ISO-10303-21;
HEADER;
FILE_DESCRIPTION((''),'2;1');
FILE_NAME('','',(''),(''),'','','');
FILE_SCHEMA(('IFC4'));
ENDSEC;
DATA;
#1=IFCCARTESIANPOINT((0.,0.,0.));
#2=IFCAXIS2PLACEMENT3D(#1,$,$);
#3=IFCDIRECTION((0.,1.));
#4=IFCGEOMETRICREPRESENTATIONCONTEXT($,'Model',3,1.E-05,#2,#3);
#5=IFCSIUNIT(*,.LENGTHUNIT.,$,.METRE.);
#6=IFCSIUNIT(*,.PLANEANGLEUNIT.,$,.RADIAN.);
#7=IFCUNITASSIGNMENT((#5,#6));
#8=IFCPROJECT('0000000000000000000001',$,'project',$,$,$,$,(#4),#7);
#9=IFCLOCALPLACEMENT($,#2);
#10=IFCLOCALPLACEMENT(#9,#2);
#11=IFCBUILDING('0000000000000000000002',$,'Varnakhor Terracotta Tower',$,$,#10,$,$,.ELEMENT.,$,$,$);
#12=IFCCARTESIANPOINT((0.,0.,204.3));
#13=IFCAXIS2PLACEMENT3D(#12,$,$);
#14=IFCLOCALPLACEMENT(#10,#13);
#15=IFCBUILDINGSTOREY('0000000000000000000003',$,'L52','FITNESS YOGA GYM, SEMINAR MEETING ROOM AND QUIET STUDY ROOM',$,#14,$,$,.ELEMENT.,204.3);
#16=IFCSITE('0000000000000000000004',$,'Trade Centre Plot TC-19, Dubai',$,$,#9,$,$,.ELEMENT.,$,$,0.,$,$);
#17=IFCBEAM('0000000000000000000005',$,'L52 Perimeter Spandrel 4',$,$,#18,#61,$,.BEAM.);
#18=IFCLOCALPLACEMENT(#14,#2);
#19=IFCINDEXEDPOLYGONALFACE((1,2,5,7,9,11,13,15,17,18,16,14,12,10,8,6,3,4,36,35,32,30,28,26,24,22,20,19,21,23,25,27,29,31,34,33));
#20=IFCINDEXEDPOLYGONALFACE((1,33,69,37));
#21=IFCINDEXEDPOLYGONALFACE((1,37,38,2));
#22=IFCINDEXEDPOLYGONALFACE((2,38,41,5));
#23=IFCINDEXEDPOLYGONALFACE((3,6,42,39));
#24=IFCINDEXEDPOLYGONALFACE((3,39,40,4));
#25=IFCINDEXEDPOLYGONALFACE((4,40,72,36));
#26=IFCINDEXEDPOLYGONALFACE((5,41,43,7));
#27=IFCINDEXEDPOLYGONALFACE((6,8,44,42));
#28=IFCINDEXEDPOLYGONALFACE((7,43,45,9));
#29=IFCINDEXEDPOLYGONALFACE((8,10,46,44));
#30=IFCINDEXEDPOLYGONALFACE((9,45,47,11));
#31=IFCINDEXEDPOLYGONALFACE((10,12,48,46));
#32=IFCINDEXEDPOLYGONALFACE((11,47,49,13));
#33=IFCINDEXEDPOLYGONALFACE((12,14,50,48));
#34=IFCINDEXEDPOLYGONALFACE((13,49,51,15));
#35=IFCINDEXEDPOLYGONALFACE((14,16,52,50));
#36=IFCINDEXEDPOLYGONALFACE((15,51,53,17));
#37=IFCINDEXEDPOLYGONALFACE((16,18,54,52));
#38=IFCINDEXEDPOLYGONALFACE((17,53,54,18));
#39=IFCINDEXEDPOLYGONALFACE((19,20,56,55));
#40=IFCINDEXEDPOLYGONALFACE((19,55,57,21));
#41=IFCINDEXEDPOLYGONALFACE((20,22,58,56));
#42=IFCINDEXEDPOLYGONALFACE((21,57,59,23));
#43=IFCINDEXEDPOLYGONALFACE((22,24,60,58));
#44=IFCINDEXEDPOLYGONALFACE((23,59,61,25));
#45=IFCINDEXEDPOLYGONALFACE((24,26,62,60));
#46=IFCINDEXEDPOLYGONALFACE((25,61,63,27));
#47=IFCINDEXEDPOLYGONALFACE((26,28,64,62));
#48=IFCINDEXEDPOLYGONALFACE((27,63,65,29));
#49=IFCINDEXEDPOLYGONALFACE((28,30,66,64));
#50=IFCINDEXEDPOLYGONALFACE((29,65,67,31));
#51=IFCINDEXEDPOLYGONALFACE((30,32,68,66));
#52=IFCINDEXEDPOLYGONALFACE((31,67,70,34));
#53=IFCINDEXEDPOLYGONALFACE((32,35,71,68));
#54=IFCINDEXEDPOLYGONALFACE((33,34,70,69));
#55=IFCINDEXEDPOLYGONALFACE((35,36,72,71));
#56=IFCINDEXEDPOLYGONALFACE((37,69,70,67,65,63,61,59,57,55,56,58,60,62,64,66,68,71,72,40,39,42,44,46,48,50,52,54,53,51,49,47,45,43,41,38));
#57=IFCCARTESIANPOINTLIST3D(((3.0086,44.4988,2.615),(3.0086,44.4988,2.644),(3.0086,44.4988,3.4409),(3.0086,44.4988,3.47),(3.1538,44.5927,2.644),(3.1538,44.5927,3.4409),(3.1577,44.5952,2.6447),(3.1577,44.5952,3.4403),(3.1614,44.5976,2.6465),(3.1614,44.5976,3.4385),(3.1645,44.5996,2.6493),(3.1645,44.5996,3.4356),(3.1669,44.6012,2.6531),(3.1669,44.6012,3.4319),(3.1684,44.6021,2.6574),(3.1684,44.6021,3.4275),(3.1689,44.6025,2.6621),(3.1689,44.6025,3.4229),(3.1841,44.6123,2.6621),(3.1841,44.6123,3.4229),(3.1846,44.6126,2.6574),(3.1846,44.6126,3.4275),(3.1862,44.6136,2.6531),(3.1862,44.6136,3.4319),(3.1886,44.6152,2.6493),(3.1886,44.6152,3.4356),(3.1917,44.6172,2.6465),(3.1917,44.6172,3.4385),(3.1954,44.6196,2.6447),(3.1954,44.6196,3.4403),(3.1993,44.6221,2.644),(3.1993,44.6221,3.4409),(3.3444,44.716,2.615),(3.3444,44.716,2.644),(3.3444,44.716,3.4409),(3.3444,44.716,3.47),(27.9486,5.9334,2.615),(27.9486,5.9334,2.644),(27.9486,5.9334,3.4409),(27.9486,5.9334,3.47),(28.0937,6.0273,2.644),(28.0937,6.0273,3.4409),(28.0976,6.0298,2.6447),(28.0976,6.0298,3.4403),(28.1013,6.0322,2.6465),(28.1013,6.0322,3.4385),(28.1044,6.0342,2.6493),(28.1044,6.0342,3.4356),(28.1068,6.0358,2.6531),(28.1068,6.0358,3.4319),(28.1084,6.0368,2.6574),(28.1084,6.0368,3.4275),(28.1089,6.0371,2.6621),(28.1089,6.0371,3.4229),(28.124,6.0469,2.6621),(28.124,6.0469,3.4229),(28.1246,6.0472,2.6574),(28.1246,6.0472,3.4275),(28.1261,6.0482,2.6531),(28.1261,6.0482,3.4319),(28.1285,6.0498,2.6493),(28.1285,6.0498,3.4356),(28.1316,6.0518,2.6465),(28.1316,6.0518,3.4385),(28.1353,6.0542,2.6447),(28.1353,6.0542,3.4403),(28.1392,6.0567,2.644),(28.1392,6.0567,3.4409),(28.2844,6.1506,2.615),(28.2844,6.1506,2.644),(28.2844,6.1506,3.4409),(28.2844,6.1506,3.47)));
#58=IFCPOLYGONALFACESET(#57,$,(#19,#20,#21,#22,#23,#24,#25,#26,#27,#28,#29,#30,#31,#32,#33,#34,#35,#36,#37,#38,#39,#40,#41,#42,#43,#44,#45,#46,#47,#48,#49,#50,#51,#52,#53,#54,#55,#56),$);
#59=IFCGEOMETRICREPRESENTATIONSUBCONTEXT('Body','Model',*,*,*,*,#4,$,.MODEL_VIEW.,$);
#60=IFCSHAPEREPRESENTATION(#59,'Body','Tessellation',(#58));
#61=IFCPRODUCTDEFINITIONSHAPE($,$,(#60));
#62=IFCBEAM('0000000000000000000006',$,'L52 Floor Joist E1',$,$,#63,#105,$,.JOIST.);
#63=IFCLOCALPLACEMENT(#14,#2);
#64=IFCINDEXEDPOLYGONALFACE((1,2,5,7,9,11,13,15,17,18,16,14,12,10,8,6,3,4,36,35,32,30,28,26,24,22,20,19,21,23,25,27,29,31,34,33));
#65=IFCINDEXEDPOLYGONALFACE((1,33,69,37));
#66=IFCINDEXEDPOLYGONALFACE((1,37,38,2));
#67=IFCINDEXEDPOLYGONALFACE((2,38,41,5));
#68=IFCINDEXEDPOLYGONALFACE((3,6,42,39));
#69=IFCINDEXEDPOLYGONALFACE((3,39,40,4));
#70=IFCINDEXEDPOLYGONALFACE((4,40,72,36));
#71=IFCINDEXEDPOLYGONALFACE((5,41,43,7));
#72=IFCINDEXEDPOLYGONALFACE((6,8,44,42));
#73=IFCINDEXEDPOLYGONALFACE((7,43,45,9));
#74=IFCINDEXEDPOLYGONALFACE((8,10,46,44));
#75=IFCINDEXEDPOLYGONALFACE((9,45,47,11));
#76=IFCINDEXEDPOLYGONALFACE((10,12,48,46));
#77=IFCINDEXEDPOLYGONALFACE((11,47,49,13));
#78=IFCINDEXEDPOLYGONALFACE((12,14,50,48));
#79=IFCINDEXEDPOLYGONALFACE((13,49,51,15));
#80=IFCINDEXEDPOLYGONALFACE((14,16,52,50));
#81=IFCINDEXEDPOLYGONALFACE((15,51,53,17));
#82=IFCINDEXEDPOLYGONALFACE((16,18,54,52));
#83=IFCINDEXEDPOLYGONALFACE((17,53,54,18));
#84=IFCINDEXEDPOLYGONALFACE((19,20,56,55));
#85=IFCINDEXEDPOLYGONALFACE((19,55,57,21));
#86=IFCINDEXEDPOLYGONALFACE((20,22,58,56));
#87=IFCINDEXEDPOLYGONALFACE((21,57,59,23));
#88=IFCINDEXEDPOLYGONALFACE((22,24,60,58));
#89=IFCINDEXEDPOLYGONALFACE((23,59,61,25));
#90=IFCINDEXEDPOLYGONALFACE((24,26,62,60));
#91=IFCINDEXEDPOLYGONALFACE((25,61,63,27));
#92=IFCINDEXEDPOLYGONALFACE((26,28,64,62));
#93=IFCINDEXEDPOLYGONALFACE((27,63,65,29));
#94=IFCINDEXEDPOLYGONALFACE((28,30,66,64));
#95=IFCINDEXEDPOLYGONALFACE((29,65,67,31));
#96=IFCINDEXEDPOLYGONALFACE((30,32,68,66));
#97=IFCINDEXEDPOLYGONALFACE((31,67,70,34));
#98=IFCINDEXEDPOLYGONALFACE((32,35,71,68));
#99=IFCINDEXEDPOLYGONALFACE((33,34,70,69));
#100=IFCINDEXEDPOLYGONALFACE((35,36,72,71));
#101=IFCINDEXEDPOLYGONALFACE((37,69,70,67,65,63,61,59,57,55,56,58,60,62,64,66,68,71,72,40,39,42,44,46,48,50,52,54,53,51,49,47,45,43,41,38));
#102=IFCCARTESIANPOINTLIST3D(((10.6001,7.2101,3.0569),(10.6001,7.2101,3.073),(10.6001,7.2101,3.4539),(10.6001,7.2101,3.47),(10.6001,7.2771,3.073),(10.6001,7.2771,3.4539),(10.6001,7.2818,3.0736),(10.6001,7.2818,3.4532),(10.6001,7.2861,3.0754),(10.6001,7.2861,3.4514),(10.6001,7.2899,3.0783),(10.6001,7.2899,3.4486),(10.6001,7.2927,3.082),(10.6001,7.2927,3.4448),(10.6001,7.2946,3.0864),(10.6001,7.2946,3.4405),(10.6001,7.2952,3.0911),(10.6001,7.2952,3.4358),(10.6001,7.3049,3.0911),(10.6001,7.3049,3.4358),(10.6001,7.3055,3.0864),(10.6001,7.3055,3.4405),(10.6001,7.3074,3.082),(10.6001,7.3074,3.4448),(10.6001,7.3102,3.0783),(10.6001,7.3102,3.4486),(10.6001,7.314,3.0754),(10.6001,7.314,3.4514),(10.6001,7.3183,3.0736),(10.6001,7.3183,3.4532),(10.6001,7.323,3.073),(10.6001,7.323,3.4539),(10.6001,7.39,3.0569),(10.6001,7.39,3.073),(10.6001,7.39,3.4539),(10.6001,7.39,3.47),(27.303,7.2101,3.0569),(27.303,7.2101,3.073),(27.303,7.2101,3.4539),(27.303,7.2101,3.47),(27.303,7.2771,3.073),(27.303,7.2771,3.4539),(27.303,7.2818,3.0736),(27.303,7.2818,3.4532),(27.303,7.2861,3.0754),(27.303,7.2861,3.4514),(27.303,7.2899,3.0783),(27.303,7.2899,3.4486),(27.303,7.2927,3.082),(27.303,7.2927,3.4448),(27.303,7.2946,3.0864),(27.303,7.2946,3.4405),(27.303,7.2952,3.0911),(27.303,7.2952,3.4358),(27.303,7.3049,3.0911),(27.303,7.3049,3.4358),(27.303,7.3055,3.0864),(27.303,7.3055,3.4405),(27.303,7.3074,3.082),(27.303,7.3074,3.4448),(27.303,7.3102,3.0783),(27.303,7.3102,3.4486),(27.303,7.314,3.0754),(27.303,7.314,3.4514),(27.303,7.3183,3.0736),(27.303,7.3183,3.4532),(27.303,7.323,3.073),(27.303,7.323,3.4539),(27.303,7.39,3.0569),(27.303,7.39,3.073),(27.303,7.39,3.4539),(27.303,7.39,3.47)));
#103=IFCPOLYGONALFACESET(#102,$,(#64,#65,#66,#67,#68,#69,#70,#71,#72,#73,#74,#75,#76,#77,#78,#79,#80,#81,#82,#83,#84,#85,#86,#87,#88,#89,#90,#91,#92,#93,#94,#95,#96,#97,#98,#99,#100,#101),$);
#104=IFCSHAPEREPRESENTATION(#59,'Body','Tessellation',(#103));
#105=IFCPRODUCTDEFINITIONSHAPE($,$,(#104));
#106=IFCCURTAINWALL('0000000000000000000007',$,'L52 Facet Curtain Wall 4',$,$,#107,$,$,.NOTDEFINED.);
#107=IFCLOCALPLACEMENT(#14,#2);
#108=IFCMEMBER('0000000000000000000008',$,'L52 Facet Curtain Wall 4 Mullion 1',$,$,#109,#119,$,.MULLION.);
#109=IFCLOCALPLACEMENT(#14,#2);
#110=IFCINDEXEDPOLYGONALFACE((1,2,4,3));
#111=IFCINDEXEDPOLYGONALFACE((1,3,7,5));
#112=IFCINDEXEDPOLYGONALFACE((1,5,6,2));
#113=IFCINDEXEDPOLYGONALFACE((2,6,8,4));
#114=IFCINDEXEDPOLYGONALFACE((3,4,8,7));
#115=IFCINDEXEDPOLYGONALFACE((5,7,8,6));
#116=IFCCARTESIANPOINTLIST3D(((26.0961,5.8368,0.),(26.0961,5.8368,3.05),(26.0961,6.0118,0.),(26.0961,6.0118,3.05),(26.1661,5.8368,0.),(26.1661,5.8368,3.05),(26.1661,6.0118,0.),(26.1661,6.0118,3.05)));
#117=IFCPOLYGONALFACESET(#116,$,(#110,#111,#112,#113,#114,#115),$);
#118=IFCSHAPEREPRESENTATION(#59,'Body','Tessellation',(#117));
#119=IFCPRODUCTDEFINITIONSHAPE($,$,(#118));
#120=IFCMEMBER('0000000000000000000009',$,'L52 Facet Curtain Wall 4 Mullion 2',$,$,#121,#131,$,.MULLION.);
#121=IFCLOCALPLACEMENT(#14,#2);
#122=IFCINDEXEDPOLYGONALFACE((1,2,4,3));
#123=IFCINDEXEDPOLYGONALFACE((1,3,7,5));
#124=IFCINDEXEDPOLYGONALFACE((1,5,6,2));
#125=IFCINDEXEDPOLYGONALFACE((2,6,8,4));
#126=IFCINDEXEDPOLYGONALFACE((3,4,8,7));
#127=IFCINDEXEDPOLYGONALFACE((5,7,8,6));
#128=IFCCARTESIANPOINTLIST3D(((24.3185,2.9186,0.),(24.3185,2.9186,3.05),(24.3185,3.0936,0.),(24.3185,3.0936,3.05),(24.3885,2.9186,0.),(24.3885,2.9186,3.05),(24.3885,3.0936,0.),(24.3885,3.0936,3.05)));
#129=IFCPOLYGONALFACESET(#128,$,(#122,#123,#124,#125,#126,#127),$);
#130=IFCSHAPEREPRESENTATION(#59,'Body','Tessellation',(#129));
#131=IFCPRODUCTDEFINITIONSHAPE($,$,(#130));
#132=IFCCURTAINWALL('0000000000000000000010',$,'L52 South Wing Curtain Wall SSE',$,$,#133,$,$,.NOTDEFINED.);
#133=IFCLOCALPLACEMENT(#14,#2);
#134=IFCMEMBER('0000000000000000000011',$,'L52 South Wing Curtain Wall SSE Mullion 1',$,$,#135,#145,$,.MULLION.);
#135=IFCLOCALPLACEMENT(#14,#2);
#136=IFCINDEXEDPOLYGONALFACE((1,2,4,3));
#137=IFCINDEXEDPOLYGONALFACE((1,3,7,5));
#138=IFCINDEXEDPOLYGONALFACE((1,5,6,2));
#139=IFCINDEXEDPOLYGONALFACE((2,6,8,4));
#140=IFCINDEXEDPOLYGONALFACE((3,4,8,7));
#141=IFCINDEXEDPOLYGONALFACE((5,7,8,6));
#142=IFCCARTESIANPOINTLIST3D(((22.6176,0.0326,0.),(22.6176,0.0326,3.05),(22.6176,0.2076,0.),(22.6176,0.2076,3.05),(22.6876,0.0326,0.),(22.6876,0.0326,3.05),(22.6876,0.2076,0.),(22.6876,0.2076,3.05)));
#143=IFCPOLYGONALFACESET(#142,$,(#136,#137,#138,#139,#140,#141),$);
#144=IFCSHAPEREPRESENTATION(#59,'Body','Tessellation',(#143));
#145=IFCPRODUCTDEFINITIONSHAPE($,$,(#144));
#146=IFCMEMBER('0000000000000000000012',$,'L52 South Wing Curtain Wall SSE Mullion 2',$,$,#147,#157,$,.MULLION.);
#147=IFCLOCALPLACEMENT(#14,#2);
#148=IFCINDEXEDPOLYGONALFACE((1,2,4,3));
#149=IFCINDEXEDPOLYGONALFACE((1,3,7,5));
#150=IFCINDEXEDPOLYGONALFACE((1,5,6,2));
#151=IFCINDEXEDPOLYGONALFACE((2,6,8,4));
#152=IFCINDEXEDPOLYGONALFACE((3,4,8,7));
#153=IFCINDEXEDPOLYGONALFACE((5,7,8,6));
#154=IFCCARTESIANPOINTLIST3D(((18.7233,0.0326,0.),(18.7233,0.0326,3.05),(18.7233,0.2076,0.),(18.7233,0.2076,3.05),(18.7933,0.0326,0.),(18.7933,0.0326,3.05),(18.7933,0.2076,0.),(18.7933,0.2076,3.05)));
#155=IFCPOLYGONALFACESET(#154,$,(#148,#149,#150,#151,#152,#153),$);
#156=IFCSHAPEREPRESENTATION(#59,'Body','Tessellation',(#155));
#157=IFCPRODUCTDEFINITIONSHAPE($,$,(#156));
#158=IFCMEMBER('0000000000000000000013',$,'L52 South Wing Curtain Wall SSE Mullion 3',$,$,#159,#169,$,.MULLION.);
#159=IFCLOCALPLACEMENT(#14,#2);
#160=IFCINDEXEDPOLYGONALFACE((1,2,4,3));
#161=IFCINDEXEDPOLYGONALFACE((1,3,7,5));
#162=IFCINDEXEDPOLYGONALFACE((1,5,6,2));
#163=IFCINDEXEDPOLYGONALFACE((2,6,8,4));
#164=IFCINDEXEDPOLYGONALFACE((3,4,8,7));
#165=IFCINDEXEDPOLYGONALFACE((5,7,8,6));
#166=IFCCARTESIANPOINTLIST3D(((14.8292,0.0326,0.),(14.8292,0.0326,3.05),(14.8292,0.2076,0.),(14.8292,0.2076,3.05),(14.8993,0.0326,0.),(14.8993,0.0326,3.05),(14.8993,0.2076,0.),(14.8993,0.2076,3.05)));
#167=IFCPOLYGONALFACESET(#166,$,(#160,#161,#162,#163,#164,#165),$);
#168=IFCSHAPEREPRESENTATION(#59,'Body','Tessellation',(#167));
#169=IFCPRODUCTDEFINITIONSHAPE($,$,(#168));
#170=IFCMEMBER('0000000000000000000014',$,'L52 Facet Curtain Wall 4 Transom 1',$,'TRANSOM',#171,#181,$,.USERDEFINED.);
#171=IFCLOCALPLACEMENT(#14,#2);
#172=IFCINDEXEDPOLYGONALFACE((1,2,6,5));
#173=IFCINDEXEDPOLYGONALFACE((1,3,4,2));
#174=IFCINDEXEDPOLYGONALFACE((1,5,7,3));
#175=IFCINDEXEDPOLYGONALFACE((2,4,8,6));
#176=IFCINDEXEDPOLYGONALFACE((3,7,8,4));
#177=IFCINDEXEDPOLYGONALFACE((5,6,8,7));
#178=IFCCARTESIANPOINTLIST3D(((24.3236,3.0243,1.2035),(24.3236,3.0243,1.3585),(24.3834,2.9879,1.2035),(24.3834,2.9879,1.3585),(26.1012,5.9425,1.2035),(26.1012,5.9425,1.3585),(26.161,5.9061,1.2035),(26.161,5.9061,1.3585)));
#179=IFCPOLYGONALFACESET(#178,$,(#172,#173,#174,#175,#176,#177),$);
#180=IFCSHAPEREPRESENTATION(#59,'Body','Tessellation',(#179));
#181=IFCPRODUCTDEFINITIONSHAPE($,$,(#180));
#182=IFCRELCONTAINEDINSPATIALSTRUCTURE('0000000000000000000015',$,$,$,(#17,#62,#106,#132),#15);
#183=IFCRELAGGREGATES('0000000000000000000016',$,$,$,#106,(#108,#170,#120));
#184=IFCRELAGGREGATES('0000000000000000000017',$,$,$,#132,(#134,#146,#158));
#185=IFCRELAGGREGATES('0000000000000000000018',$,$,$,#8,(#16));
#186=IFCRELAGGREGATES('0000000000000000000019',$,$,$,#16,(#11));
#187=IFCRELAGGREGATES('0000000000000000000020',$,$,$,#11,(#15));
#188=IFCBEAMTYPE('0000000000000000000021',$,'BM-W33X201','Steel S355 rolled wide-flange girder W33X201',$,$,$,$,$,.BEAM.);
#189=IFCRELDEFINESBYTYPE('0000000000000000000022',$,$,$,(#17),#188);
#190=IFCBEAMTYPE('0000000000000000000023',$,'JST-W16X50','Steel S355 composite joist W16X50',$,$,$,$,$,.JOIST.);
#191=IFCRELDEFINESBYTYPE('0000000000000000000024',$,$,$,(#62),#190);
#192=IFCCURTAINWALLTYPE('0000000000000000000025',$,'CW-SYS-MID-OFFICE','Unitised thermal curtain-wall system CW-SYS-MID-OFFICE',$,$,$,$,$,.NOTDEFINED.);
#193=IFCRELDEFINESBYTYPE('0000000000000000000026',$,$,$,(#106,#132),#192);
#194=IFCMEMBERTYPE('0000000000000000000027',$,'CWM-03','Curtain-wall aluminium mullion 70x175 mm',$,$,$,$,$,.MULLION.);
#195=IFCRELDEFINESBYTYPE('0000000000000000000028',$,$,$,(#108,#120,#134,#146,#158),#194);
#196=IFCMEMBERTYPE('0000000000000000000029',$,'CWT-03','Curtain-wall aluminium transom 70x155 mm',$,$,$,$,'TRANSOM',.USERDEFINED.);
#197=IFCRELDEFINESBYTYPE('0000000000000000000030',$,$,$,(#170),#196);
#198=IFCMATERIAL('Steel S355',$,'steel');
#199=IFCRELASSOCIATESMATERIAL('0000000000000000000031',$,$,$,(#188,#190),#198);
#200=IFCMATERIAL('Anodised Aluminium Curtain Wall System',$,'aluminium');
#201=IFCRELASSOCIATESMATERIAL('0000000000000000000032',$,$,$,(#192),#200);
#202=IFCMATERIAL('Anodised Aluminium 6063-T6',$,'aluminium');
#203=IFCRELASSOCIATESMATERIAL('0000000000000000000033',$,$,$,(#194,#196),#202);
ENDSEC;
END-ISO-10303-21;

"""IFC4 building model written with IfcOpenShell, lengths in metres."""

from ifc_helpers import new_model, si_unit, direction, frame, origin, origin_2d, place, context, subcontext, project, spatial, rectangle, i_section, extrude, source, transform, mapped, material, material_profile, profile_set, type_object, element, aggregate, save


model = new_model("IFC4")

# Units and contexts
model_context = context("Model", 3, precision=1e-05, world=origin(), true_north=direction((0.0, 1.0)))
body_context = subcontext(model_context, "Body", "Model", "MODEL_VIEW")
ifc_project = project(units=[si_unit("LENGTHUNIT", "METRE"), si_unit("PLANEANGLEUNIT", "RADIAN")], contexts=[model_context])

# Site, building, storey
site_placement = place(None, origin())
site = spatial("IfcSite", under=ifc_project, at=site_placement, Name="Trade Centre Plot TC-19, Dubai", CompositionType="ELEMENT", RefElevation=0.0)
building_placement = place(site_placement, origin())
building = spatial("IfcBuilding", under=site, at=building_placement, Name="Varnakhor Terracotta Tower", CompositionType="ELEMENT")
storey_placement = place(building_placement, frame((0.0, 0.0, 204.3)))
storey = spatial("IfcBuildingStorey", under=building, at=storey_placement, Name="L52", Description="FITNESS YOGA GYM, SEMINAR MEETING ROOM AND QUIET STUDY ROOM", CompositionType="ELEMENT", Elevation=204.3)

# Beams
ifc_material_1 = material(Name="Steel S355", Category="steel")
ifc_material_profile_1 = material_profile(ifc_material_1, i_section(OverallWidth=0.3999, OverallDepth=0.855, WebThickness=0.0181, FlangeThickness=0.0291, FilletRadius=0.0181, at=origin_2d()), Name="W33X201")
ifc_profile_set_1 = profile_set([ifc_material_profile_1], Name="Steel S355")
beam_type_1 = type_object("IfcBeamType", Name="BM-W33X201", Description="Steel S355 rolled wide-flange girder W33X201", PredefinedType="BEAM", material=ifc_profile_set_1)
shared_shape_1 = source(origin(), body_context, "Body", "SweptSolid", [
    extrude(i_section(OverallWidth=0.3999, OverallDepth=0.855, WebThickness=0.0181, FlangeThickness=0.0291, FilletRadius=0.0181, at=origin_2d()), origin(), (0.0, 0.0, 1.0), 45.927),
])
beam_1_placement = place(storey_placement, frame((28.1165, 6.042, 3.0425), z_axis=(-0.543034, 0.839711, 0.0), x_axis=(-0.839711, -0.543034, 0.0)))
element("IfcBeam", 1, at=beam_1_placement, inside=storey, type_object=beam_type_1, Name="L52 Perimeter Spandrel 4", PredefinedType="BEAM", context=body_context, shape_type="MappedRepresentation", body=[
    mapped(shared_shape_1, transform((0.0, 0.0, 0.0), scale=1.0)),
])
ifc_material_profile_2 = material_profile(ifc_material_1, i_section(OverallWidth=0.1799, OverallDepth=0.4131, WebThickness=0.0098, FlangeThickness=0.0161, FilletRadius=0.0181, at=origin_2d()), Name="W16X50")
ifc_profile_set_2 = profile_set([ifc_material_profile_2], Name="Steel S355")
beam_type_2 = type_object("IfcBeamType", Name="JST-W16X50", Description="Steel S355 composite joist W16X50", PredefinedType="JOIST", material=ifc_profile_set_2)
shared_shape_2 = source(origin(), body_context, "Body", "SweptSolid", [
    extrude(i_section(OverallWidth=0.1799, OverallDepth=0.4131, WebThickness=0.0098, FlangeThickness=0.0161, FilletRadius=0.0181, at=origin_2d()), origin(), (0.0, 0.0, 1.0), 16.7029),
])
beam_2_placement = place(storey_placement, frame((10.6001, 7.3, 3.2634), z_axis=(1.0, 0.0, 0.0), x_axis=(0.0, 1.0, 0.0)))
element("IfcBeam", 2, at=beam_2_placement, inside=storey, type_object=beam_type_2, Name="L52 Floor Joist E1", PredefinedType="JOIST", context=body_context, shape_type="MappedRepresentation", body=[
    mapped(shared_shape_2, transform((0.0, 0.0, 0.0), scale=1.0)),
])

# Curtain walls, members
ifc_material_2 = material(Name="Anodised Aluminium Curtain Wall System", Category="aluminium")
curtain_wall_type = type_object("IfcCurtainWallType", Name="CW-SYS-MID-OFFICE", Description="Unitised thermal curtain-wall system CW-SYS-MID-OFFICE", PredefinedType="NOTDEFINED", material=ifc_material_2)
curtain_wall_1_placement = place(storey_placement, origin())
curtain_wall_1 = element("IfcCurtainWall", 3, at=curtain_wall_1_placement, inside=storey, type_object=curtain_wall_type, Name="L52 Facet Curtain Wall 4", PredefinedType="NOTDEFINED")
ifc_material_3 = material(Name="Anodised Aluminium 6063-T6", Category="aluminium")
ifc_material_profile_3 = material_profile(ifc_material_3, rectangle(XDim=0.0701, YDim=0.175, at=origin_2d()), Name="ALU MULLION 70x175")
ifc_profile_set_3 = profile_set([ifc_material_profile_3], Name="Anodised Aluminium 6063-T6")
member_type_1 = type_object("IfcMemberType", Name="CWM-03", Description="Curtain-wall aluminium mullion 70x175 mm", PredefinedType="MULLION", material=ifc_profile_set_3)
shared_shape_3 = source(origin(), body_context, "Body", "SweptSolid", [
    extrude(rectangle(XDim=0.0701, YDim=0.175, at=origin_2d()), origin(), (0.0, 0.0, 1.0), 3.05),
])
member_1_placement = place(storey_placement, frame((26.1311, 5.9243, 0.0), z_axis=(0.0, 0.0, 1.0), x_axis=(1.0, 0.0, 0.0)))
member_1 = element("IfcMember", 4, at=member_1_placement, type_object=member_type_1, Name="L52 Facet Curtain Wall 4 Mullion 1", PredefinedType="MULLION", context=body_context, shape_type="MappedRepresentation", body=[
    mapped(shared_shape_3, transform((0.0, 0.0, 0.0), scale=1.0)),
])
member_2_placement = place(storey_placement, frame((24.3535, 3.0061, 0.0), z_axis=(0.0, 0.0, 1.0), x_axis=(1.0, 0.0, 0.0)))
member_2 = element("IfcMember", 5, at=member_2_placement, type_object=member_type_1, Name="L52 Facet Curtain Wall 4 Mullion 2", PredefinedType="MULLION", context=body_context, shape_type="MappedRepresentation", body=[
    mapped(shared_shape_3, transform((0.0, 0.0, 0.0), scale=1.0)),
])
curtain_wall_2_placement = place(storey_placement, origin())
curtain_wall_2 = element("IfcCurtainWall", 6, at=curtain_wall_2_placement, inside=storey, type_object=curtain_wall_type, Name="L52 South Wing Curtain Wall SSE", PredefinedType="NOTDEFINED")
member_3_placement = place(storey_placement, frame((22.6526, 0.1201, 0.0), z_axis=(0.0, 0.0, 1.0), x_axis=(1.0, 0.0, 0.0)))
member_3 = element("IfcMember", 7, at=member_3_placement, type_object=member_type_1, Name="L52 South Wing Curtain Wall SSE Mullion 1", PredefinedType="MULLION", context=body_context, shape_type="MappedRepresentation", body=[
    mapped(shared_shape_3, transform((0.0, 0.0, 0.0), scale=1.0)),
])
member_4_placement = place(storey_placement, frame((18.7583, 0.1201, 0.0), z_axis=(0.0, 0.0, 1.0), x_axis=(1.0, 0.0, 0.0)))
member_4 = element("IfcMember", 8, at=member_4_placement, type_object=member_type_1, Name="L52 South Wing Curtain Wall SSE Mullion 2", PredefinedType="MULLION", context=body_context, shape_type="MappedRepresentation", body=[
    mapped(shared_shape_3, transform((0.0, 0.0, 0.0), scale=1.0)),
])
member_5_placement = place(storey_placement, frame((14.8643, 0.1201, 0.0), z_axis=(0.0, 0.0, 1.0), x_axis=(1.0, 0.0, 0.0)))
member_5 = element("IfcMember", 9, at=member_5_placement, type_object=member_type_1, Name="L52 South Wing Curtain Wall SSE Mullion 3", PredefinedType="MULLION", context=body_context, shape_type="MappedRepresentation", body=[
    mapped(shared_shape_3, transform((0.0, 0.0, 0.0), scale=1.0)),
])

# Member
ifc_material_profile_4 = material_profile(ifc_material_3, rectangle(XDim=0.0701, YDim=0.155, at=origin_2d()), Name="ALU TRANSOM 70x155")
ifc_profile_set_4 = profile_set([ifc_material_profile_4], Name="Anodised Aluminium 6063-T6")
member_type_2 = type_object("IfcMemberType", Name="CWT-03", Description="Curtain-wall aluminium transom 70x155 mm", ElementType="TRANSOM", PredefinedType="USERDEFINED", material=ifc_profile_set_4)
shared_shape_4 = source(origin(), body_context, "Body", "SweptSolid", [
    extrude(rectangle(XDim=0.0701, YDim=0.155, at=origin_2d()), origin(), (0.0, 0.0, 1.0), 3.417),
])
member_6_placement = place(storey_placement, frame((26.1311, 5.9243, 1.281), z_axis=(-0.520221, -0.854032, 0.0), x_axis=(0.854032, -0.520221, 0.0)))
member_6 = element("IfcMember", 10, at=member_6_placement, type_object=member_type_2, Name="L52 Facet Curtain Wall 4 Transom 1", ObjectType="TRANSOM", PredefinedType="USERDEFINED", context=body_context, shape_type="MappedRepresentation", body=[
    mapped(shared_shape_4, transform((0.0, 0.0, 0.0), scale=1.0)),
])

aggregate(curtain_wall_1, [member_1, member_6, member_2])
aggregate(curtain_wall_2, [member_3, member_4, member_5])

save(model, "model.ifc")
